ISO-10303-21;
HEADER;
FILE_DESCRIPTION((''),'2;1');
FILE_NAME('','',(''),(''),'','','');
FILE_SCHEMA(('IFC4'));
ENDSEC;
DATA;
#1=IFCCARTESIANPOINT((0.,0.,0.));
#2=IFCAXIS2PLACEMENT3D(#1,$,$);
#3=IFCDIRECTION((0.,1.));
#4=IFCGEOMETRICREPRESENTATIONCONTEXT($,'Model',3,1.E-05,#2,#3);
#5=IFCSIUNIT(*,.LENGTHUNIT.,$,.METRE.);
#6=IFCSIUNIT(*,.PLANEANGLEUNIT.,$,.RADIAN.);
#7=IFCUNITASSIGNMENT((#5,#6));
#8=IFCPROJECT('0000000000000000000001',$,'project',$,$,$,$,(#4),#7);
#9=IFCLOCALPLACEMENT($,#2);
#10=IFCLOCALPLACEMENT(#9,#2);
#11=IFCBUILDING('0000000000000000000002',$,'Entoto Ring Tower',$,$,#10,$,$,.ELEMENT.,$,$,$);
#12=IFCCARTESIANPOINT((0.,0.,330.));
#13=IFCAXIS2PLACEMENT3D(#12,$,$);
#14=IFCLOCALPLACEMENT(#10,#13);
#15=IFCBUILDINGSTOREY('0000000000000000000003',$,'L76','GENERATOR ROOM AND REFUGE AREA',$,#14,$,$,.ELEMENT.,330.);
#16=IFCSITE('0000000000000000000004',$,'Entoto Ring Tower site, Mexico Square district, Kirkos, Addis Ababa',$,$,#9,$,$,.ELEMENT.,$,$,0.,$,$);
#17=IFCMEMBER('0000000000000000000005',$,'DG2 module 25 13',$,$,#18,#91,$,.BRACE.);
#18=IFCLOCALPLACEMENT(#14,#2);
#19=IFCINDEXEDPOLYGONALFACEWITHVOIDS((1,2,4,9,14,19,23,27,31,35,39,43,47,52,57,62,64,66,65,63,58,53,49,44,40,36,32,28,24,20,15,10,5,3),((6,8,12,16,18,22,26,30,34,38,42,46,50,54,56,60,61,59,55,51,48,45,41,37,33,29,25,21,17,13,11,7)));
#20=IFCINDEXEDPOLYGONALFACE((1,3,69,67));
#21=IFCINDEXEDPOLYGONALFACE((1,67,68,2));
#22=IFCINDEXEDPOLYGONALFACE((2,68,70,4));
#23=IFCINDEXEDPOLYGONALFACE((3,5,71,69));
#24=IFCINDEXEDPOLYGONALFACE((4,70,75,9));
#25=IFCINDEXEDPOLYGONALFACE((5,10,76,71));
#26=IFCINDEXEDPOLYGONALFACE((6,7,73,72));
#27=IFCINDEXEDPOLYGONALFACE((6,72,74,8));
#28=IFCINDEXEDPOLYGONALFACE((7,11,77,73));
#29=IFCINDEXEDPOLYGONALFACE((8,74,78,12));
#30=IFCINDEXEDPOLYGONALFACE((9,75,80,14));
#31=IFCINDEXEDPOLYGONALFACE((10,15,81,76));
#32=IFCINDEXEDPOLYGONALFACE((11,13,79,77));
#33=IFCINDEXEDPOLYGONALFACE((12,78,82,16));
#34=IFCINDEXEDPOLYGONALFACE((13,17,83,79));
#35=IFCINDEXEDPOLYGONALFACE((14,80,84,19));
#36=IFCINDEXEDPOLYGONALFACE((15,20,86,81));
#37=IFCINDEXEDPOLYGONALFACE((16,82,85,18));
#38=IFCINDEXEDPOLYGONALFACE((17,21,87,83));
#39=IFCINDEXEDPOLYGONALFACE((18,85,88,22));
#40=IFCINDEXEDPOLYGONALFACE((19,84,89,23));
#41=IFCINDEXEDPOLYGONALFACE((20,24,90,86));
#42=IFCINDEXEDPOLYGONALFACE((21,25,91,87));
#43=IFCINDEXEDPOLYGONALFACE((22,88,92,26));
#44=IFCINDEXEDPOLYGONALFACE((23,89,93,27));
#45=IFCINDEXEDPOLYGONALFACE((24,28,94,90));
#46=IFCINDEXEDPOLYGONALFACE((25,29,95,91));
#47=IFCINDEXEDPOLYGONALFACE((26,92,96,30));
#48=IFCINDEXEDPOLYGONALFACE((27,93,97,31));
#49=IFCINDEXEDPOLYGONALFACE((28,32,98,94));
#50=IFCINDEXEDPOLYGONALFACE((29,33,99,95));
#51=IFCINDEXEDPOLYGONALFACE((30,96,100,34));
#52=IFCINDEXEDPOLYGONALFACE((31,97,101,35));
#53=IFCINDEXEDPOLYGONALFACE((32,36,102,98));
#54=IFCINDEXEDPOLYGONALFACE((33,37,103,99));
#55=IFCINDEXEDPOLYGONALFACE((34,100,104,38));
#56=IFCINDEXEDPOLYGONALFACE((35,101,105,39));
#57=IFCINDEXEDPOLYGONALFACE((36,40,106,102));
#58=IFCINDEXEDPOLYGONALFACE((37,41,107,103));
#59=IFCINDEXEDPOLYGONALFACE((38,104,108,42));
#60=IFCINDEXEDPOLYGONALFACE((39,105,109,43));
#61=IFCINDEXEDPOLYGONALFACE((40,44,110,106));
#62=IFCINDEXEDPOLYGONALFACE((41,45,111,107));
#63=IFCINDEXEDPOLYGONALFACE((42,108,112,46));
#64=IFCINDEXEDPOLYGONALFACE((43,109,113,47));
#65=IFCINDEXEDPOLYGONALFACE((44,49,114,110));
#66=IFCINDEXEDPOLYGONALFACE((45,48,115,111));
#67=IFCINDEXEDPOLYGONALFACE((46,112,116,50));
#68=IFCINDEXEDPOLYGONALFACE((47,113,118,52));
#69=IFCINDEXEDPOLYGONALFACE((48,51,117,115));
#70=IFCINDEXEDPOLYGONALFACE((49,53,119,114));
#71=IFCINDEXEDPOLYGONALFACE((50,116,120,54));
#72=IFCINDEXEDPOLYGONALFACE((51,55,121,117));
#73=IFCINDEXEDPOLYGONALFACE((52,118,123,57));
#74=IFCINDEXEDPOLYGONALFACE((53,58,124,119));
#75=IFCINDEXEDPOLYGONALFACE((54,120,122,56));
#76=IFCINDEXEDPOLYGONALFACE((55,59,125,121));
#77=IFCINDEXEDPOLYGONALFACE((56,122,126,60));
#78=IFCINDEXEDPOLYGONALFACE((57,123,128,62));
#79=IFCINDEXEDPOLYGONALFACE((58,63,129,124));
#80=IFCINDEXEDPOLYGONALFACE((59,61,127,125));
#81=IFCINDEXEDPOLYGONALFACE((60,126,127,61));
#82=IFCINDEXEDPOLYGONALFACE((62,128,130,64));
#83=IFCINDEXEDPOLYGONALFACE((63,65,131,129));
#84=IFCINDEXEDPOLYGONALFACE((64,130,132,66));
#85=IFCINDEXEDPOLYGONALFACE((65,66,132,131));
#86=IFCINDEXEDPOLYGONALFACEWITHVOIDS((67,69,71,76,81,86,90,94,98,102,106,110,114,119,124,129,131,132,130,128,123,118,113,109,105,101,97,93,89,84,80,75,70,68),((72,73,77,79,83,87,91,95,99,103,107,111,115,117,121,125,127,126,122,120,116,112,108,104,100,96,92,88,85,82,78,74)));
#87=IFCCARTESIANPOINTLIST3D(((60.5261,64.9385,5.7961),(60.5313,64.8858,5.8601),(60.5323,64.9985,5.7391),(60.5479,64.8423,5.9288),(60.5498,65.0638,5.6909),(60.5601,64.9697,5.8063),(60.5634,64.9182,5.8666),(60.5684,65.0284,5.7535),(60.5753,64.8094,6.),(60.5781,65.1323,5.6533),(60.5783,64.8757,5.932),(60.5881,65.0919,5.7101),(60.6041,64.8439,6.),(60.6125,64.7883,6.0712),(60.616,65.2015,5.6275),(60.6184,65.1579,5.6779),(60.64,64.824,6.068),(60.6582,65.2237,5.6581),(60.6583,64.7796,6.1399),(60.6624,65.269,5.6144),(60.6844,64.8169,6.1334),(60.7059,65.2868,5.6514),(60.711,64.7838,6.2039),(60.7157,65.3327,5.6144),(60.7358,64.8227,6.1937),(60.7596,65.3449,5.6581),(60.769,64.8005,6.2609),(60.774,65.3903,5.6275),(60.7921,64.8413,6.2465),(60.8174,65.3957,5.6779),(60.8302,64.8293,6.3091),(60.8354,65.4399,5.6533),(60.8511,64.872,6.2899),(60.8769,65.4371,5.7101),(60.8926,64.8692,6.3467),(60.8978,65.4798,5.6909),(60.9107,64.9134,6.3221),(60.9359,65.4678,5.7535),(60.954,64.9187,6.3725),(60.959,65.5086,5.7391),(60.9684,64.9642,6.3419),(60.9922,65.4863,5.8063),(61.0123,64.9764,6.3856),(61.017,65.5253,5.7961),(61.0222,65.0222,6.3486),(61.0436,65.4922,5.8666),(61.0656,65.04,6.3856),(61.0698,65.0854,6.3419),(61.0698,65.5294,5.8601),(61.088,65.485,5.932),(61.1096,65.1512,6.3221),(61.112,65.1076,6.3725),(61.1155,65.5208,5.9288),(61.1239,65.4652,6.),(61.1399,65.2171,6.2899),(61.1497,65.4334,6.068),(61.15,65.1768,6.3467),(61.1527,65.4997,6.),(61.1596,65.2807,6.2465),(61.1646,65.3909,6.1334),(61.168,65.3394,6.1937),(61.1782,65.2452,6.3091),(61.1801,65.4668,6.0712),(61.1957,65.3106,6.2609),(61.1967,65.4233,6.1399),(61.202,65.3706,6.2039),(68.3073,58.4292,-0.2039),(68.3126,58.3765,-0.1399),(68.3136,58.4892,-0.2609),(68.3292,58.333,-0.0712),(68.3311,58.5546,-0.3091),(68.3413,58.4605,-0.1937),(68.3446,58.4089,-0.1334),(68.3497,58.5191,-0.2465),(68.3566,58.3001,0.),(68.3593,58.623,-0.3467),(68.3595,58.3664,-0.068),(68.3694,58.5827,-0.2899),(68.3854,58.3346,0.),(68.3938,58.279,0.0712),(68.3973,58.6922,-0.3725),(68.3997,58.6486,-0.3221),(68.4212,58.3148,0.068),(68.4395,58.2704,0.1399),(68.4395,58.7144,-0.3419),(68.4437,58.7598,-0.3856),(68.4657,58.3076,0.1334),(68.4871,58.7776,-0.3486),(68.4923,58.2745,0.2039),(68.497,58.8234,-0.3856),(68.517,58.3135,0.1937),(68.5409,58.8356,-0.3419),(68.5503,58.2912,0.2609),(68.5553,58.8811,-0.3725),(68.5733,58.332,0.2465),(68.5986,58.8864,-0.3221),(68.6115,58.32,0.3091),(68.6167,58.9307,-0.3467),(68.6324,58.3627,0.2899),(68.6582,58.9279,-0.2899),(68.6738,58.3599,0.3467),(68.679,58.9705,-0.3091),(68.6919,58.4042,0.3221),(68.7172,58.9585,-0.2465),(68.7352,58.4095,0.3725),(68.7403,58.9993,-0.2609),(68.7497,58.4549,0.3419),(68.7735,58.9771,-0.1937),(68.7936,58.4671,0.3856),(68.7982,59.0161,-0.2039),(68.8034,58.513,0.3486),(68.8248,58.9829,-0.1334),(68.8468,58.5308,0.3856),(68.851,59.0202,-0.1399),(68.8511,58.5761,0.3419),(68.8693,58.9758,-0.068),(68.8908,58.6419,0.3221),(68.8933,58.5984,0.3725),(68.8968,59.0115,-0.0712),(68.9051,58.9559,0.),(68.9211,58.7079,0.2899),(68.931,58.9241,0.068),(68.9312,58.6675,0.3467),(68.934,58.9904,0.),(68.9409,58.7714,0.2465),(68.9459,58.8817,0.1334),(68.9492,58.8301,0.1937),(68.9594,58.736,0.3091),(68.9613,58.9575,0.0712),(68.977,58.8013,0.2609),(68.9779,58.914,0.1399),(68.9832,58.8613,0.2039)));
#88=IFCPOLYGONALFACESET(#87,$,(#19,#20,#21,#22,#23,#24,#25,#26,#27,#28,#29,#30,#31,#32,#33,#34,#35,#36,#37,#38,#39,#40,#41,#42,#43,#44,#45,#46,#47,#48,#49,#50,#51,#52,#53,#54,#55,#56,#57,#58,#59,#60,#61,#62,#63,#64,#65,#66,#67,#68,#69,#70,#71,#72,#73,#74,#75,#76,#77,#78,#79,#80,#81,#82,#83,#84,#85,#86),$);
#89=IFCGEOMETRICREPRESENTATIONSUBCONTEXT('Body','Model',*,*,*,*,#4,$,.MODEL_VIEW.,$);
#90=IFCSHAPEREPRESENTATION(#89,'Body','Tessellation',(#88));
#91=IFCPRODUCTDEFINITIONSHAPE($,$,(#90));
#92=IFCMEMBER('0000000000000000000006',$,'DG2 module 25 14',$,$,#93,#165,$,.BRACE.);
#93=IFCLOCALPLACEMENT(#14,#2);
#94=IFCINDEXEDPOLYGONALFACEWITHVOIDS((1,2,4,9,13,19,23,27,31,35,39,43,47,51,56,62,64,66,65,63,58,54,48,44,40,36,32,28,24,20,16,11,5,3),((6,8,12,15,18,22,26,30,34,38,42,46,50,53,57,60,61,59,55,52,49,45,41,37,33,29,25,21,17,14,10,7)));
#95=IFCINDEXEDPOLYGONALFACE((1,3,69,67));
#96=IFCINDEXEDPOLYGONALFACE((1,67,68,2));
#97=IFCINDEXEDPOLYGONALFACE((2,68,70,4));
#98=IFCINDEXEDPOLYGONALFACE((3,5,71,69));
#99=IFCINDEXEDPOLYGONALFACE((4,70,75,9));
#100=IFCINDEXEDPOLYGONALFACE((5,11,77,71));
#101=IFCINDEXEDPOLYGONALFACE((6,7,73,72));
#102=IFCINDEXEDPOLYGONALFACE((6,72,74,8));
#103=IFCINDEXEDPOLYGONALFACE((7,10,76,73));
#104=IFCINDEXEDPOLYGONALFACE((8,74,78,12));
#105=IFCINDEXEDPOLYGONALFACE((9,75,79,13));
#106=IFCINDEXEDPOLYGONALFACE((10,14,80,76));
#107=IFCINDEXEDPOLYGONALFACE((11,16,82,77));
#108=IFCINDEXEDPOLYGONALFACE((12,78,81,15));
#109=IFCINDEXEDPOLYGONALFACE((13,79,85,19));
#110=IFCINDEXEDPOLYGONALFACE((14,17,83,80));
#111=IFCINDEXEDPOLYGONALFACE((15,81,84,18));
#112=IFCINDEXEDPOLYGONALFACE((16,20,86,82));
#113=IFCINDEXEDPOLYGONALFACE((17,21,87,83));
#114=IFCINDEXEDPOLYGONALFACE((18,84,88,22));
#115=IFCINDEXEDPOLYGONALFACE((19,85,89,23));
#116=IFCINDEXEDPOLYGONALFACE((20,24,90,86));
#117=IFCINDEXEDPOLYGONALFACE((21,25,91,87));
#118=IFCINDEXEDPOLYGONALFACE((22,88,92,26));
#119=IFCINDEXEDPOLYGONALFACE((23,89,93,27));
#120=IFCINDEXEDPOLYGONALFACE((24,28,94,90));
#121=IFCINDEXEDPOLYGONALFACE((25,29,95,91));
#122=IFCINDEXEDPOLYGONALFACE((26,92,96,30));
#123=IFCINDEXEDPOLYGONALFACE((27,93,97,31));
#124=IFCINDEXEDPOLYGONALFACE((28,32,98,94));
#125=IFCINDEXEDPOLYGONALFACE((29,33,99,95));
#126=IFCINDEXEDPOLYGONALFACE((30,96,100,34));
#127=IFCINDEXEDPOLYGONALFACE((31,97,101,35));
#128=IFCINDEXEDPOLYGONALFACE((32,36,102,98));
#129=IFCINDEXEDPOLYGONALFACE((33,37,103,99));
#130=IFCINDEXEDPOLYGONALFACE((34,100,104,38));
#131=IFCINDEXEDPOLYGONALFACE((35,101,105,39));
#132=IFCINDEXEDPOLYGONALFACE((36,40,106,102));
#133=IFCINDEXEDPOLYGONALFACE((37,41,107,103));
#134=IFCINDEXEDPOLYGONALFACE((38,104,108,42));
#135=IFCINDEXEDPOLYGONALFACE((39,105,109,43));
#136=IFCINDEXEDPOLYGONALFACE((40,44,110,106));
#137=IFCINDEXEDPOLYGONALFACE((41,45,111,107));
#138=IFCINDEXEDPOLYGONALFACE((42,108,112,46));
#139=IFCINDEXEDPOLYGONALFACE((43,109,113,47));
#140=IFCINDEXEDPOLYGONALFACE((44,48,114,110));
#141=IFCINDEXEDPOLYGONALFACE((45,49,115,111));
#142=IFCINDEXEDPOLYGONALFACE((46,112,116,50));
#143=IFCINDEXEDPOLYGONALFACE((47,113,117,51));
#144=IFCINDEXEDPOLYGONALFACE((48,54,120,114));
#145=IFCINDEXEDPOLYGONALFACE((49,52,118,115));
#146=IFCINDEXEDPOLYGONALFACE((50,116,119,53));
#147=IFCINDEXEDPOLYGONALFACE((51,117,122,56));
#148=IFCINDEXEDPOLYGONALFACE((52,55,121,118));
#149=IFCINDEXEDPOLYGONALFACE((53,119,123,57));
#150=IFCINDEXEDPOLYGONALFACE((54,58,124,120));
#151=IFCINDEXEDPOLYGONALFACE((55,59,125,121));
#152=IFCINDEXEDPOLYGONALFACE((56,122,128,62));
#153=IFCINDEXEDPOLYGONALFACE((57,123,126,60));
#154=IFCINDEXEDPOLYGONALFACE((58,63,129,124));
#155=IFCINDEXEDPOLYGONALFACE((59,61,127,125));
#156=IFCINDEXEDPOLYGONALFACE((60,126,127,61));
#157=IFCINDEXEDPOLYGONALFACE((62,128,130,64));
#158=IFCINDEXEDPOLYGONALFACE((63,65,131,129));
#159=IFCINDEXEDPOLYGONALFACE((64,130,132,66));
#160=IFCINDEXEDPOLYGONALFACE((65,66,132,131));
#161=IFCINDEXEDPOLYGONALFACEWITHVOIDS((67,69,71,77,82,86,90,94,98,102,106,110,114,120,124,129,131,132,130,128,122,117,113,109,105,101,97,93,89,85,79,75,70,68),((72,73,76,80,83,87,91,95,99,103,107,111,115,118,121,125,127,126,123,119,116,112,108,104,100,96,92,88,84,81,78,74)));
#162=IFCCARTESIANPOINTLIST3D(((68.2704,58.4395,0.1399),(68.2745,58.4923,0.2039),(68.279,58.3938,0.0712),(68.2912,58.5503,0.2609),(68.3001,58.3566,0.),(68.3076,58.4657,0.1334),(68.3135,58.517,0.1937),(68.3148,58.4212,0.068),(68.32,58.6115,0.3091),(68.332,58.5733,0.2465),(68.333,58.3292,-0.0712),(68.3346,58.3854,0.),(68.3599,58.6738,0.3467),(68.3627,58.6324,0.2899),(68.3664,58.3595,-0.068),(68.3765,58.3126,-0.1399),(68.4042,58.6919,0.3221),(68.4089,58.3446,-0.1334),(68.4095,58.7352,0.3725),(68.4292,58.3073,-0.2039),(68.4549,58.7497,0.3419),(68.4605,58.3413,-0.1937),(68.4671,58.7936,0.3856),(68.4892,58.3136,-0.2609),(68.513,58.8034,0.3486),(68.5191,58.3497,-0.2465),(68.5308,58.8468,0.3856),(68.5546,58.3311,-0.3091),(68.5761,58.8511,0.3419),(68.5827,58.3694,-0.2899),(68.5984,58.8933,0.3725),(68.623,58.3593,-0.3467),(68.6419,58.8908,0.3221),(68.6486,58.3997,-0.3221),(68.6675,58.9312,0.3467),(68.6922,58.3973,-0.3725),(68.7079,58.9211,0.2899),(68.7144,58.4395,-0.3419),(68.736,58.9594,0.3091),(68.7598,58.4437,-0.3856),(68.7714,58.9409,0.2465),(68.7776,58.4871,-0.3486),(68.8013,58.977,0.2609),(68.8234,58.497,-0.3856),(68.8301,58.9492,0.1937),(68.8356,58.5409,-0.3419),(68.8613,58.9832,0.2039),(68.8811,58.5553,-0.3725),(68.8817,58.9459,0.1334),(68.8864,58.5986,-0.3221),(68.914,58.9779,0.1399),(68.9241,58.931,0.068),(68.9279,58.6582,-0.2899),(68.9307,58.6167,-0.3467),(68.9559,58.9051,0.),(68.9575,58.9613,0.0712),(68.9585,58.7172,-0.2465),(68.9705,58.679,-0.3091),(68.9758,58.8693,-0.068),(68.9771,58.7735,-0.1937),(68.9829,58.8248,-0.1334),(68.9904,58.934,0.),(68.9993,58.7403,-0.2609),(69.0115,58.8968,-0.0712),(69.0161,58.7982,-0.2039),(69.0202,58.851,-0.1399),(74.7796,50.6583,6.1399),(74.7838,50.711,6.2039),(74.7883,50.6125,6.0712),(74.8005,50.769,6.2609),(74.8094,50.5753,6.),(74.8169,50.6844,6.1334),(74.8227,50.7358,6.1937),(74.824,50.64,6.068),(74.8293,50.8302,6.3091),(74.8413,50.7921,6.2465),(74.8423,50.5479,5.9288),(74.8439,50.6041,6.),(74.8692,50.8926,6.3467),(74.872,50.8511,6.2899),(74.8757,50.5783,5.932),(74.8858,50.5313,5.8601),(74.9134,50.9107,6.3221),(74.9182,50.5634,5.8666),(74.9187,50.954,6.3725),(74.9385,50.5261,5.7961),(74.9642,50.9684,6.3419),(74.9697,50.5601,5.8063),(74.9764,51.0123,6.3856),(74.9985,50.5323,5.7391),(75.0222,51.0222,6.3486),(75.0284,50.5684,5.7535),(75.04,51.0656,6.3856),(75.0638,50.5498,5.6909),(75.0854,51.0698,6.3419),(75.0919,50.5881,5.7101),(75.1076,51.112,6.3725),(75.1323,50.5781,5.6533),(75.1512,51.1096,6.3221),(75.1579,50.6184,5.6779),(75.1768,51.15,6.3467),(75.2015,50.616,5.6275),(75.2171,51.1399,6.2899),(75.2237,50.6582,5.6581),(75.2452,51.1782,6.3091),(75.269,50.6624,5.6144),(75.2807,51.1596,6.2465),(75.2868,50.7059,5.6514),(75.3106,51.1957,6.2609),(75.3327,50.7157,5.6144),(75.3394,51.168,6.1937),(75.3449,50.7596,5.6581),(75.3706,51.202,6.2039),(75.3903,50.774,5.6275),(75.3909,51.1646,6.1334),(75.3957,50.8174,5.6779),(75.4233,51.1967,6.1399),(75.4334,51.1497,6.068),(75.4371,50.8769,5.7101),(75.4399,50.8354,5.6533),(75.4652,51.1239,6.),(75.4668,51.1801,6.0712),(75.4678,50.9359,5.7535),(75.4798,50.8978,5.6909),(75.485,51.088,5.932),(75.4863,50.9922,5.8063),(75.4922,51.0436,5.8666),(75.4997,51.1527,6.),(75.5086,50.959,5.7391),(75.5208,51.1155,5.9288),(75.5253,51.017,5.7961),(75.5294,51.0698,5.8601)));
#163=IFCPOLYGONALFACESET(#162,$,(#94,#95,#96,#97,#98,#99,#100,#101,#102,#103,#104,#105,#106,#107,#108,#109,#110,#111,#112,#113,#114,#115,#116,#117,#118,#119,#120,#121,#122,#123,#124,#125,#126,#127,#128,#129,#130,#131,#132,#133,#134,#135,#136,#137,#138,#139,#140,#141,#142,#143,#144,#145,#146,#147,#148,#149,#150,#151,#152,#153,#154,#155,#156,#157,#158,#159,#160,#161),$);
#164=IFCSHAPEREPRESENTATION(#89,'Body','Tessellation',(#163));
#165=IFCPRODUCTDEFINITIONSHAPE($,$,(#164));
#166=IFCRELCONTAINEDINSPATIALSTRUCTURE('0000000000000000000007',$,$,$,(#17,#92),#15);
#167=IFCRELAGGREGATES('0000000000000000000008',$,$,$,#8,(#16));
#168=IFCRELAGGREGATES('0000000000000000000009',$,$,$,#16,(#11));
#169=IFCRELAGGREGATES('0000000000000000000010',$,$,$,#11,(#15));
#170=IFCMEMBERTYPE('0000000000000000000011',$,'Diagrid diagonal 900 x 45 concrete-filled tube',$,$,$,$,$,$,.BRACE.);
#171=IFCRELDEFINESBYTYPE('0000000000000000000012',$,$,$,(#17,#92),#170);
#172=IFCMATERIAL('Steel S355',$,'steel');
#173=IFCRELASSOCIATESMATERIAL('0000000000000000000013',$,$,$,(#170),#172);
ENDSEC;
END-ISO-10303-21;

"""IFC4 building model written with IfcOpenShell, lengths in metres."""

from ifc_helpers import new_model, si_unit, direction, frame, origin, origin_2d, place, context, subcontext, project, spatial, circle, hollow_circle, extrude, material, material_profile, profile_set, type_object, element, save


model = new_model("IFC4")

# Units and contexts
model_context = context("Model", 3, precision=1e-05, world=origin(), true_north=direction((0.0, 1.0)))
body_context = subcontext(model_context, "Body", "Model", "MODEL_VIEW")
ifc_project = project(units=[si_unit("LENGTHUNIT", "METRE"), si_unit("PLANEANGLEUNIT", "RADIAN")], contexts=[model_context])

# Site, building, storey
site_placement = place(None, origin())
site = spatial("IfcSite", under=ifc_project, at=site_placement, Name="Entoto Ring Tower site, Mexico Square district, Kirkos, Addis Ababa", CompositionType="ELEMENT", RefElevation=0.0)
building_placement = place(site_placement, origin())
building = spatial("IfcBuilding", under=site, at=building_placement, Name="Entoto Ring Tower", CompositionType="ELEMENT")
storey_placement = place(building_placement, frame((0.0, 0.0, 330.0)))
storey = spatial("IfcBuildingStorey", under=building, at=storey_placement, Name="L76", Description="GENERATOR ROOM AND REFUGE AREA", CompositionType="ELEMENT", Elevation=330.0)

# Members
ifc_material_1 = material(Name="Steel S355", Category="steel")
ifc_material_profile_1 = material_profile(ifc_material_1, hollow_circle(Radius=0.45, WallThickness=0.0449, at=origin_2d()), Name="CHS 900 x 45")
ifc_material_2 = material(Name="Concrete C60/75", Category="concrete")
ifc_material_profile_2 = material_profile(ifc_material_2, circle(Radius=0.405, at=origin_2d()), Name="Concrete C60/75 infill")
ifc_profile_set_1 = profile_set([ifc_material_profile_1, ifc_material_profile_2], Name="Steel S355")
member_type_1 = type_object("IfcMemberType", Name="Diagrid diagonal 900 x 45 concrete-filled tube", PredefinedType="BRACE", material=ifc_profile_set_1)
for number, where, z_axis, x_axis, name in (
    (1, (68.6453, 58.6453, 0.0), (-0.66019, 0.552272, 0.509063), (-0.641632, -0.767013, 0.0), "DG2 module 25 13"),
    (2, (68.6453, 58.6453, 0.0), (0.552272, -0.66019, 0.509063), (0.767013, 0.641632, 0.0), "DG2 module 25 14"),
):
    element("IfcMember", number, at=place(storey_placement, frame(where, z_axis=z_axis, x_axis=x_axis)), inside=storey, type_object=member_type_1, Name=name, PredefinedType="BRACE", context=body_context, shape_type="SweptSolid", body=[
        extrude(hollow_circle(Radius=0.45, WallThickness=0.0449, at=origin_2d()), origin(), (0.0, 0.0, 1.0), 11.7864),
    ])

save(model, "model.ifc")
